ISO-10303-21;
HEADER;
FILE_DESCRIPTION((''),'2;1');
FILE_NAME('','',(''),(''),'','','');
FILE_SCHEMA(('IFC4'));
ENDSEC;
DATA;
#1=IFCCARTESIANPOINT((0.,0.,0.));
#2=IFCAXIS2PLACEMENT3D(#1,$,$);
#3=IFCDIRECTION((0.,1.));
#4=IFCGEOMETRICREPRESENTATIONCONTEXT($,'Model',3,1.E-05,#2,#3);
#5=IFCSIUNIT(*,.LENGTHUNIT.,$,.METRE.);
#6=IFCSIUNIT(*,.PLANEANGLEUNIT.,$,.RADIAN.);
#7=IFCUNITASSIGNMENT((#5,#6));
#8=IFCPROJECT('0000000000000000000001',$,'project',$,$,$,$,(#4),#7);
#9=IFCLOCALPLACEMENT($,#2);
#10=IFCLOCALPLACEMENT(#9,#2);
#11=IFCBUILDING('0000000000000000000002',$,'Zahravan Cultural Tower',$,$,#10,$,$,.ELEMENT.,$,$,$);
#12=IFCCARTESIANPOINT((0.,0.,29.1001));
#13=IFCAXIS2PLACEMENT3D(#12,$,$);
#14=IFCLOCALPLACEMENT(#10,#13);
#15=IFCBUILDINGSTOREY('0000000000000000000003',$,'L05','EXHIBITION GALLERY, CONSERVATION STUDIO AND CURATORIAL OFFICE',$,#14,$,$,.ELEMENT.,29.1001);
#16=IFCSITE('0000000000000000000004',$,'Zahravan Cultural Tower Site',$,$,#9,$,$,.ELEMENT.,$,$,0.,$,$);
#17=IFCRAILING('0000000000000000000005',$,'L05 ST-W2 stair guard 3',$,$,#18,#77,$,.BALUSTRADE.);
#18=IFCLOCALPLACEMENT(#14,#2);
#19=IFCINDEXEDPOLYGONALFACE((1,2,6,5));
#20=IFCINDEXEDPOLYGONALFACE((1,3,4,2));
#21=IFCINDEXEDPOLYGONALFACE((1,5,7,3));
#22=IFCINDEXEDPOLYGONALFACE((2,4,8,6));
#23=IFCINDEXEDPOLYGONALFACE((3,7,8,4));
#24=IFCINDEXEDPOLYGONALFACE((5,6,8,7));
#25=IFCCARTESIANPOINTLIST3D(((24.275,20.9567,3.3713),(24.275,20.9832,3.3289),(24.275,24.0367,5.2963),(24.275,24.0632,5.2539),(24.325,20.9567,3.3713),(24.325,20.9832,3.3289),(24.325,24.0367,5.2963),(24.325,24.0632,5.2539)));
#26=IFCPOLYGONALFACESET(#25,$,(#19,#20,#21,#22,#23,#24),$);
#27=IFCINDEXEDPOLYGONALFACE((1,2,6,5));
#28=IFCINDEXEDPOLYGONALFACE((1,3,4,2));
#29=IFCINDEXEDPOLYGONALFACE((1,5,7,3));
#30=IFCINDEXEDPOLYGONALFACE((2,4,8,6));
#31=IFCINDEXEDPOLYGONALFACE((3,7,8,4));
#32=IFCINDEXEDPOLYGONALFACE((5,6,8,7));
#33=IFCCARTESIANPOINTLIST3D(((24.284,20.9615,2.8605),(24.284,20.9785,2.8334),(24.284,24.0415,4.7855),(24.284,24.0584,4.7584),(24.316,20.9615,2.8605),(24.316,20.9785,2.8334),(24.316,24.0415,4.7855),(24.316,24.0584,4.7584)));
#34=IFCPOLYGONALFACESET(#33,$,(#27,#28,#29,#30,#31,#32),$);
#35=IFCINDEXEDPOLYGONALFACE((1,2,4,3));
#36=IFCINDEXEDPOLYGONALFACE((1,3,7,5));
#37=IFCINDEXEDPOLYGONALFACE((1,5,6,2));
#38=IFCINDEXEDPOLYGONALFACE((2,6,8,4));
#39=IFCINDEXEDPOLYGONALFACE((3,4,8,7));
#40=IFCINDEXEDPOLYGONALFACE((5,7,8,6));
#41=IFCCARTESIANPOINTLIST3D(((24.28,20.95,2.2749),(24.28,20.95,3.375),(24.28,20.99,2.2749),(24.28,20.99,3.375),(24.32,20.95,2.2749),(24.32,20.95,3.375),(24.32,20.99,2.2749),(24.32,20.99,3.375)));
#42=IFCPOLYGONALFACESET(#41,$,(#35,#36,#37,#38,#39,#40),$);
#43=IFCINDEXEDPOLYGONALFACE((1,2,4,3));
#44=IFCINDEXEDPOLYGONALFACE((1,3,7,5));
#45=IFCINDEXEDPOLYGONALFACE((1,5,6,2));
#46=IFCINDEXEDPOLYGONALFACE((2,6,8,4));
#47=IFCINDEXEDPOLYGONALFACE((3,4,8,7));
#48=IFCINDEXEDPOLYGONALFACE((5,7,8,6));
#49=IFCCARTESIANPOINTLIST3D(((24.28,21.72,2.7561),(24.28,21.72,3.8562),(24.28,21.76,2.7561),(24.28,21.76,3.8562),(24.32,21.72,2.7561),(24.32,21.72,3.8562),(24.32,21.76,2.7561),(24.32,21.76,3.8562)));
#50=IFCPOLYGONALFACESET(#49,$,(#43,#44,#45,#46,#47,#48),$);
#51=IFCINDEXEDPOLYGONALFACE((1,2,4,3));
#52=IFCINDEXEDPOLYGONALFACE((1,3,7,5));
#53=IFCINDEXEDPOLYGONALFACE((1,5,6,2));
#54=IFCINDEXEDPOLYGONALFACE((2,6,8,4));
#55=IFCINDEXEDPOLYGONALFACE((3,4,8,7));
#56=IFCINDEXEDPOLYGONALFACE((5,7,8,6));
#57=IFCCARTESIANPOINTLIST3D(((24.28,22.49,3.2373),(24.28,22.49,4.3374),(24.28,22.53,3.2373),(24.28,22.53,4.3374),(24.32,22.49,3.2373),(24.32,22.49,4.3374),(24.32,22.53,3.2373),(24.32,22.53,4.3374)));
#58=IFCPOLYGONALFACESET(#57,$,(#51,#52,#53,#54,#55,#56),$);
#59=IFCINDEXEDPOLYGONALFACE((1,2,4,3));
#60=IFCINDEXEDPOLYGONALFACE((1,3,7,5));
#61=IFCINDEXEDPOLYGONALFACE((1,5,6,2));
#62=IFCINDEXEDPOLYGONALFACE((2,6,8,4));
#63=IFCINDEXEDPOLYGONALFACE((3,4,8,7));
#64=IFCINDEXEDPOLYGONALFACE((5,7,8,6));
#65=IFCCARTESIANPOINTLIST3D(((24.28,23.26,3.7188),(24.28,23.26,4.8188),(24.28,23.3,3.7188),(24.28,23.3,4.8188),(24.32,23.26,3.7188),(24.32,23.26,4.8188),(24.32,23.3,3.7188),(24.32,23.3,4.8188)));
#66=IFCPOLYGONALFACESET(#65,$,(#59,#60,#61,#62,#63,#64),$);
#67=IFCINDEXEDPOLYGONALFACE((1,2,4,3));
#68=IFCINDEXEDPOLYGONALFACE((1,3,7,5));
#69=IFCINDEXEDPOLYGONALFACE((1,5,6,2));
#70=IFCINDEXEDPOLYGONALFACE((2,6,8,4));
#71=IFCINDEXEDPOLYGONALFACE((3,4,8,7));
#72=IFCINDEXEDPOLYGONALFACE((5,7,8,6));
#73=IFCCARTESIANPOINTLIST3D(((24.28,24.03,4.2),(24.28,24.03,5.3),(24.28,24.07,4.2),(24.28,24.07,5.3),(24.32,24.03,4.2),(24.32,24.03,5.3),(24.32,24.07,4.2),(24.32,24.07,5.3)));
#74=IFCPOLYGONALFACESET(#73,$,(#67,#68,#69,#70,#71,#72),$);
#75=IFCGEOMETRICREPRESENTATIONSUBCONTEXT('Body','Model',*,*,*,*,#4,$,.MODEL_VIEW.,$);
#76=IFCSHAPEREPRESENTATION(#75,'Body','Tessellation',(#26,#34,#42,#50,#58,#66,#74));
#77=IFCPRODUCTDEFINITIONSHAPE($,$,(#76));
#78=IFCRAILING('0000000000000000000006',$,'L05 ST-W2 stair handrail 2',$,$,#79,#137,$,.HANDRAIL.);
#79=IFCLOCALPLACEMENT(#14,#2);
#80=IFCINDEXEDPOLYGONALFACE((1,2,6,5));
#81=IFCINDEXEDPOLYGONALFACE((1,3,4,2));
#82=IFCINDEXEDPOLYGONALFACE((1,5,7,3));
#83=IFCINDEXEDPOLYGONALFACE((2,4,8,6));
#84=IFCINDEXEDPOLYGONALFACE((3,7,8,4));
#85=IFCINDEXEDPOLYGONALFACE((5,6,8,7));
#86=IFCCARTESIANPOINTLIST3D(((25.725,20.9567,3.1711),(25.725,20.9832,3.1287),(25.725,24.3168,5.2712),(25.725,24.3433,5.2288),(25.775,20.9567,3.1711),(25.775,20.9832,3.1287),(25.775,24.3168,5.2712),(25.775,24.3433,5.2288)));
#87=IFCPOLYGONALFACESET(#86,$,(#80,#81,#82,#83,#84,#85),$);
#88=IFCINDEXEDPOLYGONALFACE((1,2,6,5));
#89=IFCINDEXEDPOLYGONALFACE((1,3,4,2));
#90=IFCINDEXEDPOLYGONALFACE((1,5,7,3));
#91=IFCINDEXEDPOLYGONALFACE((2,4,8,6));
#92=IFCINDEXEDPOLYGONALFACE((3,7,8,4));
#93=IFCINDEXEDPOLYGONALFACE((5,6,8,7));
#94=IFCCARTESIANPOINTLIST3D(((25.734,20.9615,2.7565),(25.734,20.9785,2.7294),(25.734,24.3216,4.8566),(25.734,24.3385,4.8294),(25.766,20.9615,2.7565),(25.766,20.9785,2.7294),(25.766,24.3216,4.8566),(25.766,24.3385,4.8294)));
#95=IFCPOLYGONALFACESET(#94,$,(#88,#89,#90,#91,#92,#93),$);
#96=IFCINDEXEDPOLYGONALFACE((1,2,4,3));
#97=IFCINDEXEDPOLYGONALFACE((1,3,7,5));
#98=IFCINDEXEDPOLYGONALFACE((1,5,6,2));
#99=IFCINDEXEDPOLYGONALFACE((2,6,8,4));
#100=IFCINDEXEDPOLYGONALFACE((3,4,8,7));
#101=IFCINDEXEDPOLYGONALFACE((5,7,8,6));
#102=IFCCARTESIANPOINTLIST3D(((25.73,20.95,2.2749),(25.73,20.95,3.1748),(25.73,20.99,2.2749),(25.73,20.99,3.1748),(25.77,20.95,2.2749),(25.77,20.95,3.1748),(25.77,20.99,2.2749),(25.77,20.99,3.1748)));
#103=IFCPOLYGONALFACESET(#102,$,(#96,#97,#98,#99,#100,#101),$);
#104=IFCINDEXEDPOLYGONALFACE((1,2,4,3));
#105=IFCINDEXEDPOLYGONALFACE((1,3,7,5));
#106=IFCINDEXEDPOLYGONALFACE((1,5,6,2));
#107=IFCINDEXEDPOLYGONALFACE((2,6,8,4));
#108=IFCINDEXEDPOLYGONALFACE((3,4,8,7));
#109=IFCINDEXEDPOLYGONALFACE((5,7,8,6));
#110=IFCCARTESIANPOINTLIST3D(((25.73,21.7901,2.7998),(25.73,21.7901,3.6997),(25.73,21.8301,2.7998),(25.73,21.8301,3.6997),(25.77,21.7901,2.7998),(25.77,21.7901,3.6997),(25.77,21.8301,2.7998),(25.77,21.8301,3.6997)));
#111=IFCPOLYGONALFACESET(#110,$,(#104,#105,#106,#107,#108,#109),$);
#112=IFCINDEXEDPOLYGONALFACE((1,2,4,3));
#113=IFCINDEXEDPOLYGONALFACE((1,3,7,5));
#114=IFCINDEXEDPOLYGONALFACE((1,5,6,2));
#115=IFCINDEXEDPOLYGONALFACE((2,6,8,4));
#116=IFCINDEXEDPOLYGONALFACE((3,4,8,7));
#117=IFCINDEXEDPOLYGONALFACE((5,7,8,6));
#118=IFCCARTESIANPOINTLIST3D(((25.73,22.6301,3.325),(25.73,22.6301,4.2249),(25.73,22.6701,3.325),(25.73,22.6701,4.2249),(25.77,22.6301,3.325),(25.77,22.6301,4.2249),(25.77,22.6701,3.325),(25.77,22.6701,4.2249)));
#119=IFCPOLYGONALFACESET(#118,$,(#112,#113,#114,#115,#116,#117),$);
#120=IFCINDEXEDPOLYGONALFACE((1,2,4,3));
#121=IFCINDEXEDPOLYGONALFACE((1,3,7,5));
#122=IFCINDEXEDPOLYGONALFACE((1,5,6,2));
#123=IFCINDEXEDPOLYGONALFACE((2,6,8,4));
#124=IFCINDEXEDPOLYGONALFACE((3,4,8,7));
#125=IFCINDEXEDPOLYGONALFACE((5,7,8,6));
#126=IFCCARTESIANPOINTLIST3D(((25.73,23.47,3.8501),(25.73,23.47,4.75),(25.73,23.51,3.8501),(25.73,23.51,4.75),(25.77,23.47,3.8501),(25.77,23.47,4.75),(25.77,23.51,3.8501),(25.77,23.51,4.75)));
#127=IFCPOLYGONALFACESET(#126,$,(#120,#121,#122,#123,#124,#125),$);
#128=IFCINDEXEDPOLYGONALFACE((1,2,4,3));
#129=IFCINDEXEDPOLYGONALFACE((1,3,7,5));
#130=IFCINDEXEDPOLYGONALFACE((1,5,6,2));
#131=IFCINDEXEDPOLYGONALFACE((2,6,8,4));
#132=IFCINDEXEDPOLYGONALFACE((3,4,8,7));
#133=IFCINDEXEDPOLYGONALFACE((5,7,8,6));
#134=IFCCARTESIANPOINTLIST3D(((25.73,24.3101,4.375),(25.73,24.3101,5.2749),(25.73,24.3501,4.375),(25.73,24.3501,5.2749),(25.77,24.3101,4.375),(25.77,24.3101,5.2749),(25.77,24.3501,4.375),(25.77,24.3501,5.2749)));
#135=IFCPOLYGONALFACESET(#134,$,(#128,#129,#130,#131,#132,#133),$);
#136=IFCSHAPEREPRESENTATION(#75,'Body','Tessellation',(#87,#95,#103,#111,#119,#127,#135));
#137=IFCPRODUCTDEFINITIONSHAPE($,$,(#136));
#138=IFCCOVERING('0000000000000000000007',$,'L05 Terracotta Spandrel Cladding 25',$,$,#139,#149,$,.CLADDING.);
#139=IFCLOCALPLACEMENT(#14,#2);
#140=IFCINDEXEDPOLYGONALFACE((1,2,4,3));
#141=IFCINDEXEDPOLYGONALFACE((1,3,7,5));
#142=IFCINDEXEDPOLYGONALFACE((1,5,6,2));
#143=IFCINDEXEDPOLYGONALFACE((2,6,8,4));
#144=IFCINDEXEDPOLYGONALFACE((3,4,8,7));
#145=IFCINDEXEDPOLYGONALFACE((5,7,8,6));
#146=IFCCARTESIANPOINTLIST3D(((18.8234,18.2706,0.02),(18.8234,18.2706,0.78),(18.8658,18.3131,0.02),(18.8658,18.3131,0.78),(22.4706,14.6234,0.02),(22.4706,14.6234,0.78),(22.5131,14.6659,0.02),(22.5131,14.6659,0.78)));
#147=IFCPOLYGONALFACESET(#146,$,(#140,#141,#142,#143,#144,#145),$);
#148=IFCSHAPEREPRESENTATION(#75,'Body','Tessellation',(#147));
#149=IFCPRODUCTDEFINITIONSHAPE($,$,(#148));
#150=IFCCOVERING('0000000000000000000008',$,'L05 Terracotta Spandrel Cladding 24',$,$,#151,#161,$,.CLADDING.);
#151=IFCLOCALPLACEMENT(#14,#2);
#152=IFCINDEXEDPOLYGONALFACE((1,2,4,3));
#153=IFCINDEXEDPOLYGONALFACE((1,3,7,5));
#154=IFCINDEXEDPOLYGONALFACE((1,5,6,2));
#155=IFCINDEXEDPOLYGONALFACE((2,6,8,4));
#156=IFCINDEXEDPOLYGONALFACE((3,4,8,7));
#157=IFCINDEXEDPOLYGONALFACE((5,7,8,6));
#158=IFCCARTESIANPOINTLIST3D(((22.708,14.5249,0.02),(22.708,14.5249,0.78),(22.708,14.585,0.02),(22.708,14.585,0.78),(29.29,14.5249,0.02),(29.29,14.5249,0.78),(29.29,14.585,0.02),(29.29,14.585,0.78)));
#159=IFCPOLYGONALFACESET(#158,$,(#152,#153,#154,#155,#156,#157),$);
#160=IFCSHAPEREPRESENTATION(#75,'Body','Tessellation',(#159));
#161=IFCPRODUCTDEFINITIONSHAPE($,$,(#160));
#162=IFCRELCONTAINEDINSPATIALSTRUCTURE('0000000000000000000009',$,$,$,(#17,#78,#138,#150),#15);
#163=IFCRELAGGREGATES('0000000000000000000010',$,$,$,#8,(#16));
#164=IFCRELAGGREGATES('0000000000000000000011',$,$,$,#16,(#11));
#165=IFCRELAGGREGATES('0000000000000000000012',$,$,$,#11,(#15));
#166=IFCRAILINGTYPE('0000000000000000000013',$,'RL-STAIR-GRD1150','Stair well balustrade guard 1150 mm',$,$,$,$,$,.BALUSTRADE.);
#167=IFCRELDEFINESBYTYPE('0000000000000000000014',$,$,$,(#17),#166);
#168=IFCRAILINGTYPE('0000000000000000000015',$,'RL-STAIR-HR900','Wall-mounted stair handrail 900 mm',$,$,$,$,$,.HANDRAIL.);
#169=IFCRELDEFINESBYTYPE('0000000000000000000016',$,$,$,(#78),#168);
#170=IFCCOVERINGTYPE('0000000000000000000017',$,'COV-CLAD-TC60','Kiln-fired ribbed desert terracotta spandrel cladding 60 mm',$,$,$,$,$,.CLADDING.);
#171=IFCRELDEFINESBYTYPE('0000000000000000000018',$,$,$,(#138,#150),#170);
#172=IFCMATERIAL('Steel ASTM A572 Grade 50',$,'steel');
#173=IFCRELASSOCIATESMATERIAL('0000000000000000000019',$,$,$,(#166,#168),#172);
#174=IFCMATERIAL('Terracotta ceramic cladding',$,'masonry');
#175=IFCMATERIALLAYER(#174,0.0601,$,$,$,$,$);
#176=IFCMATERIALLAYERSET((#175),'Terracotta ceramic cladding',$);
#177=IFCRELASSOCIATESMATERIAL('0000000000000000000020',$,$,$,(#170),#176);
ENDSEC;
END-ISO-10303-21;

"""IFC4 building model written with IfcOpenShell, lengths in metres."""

from ifc_helpers import new_model, si_unit, direction, frame, origin, origin_2d, place, context, subcontext, project, spatial, rectangle, extrude, source, transform, mapped, material, layer, layer_set, type_object, element, save


model = new_model("IFC4")

# Units and contexts
model_context = context("Model", 3, precision=1e-05, world=origin(), true_north=direction((0.0, 1.0)))
body_context = subcontext(model_context, "Body", "Model", "MODEL_VIEW")
ifc_project = project(units=[si_unit("LENGTHUNIT", "METRE"), si_unit("PLANEANGLEUNIT", "RADIAN")], contexts=[model_context])

# Site, building, storey
site_placement = place(None, origin())
site = spatial("IfcSite", under=ifc_project, at=site_placement, Name="Zahravan Cultural Tower Site", CompositionType="ELEMENT", RefElevation=0.0)
building_placement = place(site_placement, origin())
building = spatial("IfcBuilding", under=site, at=building_placement, Name="Zahravan Cultural Tower", CompositionType="ELEMENT")
storey_placement = place(building_placement, frame((0.0, 0.0, 29.1001)))
storey = spatial("IfcBuildingStorey", under=building, at=storey_placement, Name="L05", Description="EXHIBITION GALLERY, CONSERVATION STUDIO AND CURATORIAL OFFICE", CompositionType="ELEMENT", Elevation=29.1001)

# Shared definitions
ifc_material_1 = material(Name="Steel ASTM A572 Grade 50", Category="steel")

# Railings
railing_type_1 = type_object("IfcRailingType", Name="RL-STAIR-GRD1150", Description="Stair well balustrade guard 1150 mm", PredefinedType="BALUSTRADE", material=ifc_material_1)
railing_1_placement = place(storey_placement, frame((24.3, 20.97, 2.2749)))
element("IfcRailing", 1, at=railing_1_placement, inside=storey, type_object=railing_type_1, Name="L05 ST-W2 stair guard 3", PredefinedType="BALUSTRADE", context=body_context, shape_type="SweptSolid", body=[
    extrude(rectangle(XDim=0.05, YDim=0.05, at=origin_2d()), frame((0.0, 0.0, 1.0752), z_axis=(0.0, 0.847998, 0.529999), x_axis=(-1.0, 0.0, 0.0)), (0.0, 0.0, 1.0), 3.6321),
    extrude(rectangle(XDim=0.032, YDim=0.032, at=origin_2d()), frame((0.0, 0.0, 0.572), z_axis=(0.0, 0.847998, 0.529999), x_axis=(-1.0, 0.0, 0.0)), (0.0, 0.0, 1.0), 3.6321),
    extrude(rectangle(XDim=0.04, YDim=0.04, at=origin_2d()), origin(), (0.0, 0.0, 1.0), 1.1001),
    extrude(rectangle(XDim=0.04, YDim=0.04, at=origin_2d()), frame((0.0, 0.77, 0.4812)), (0.0, 0.0, 1.0), 1.1001),
    extrude(rectangle(XDim=0.04, YDim=0.04, at=origin_2d()), frame((0.0, 1.54, 0.9624)), (0.0, 0.0, 1.0), 1.1001),
    extrude(rectangle(XDim=0.04, YDim=0.04, at=origin_2d()), frame((0.0, 2.3101, 1.4438)), (0.0, 0.0, 1.0), 1.1001),
    extrude(rectangle(XDim=0.04, YDim=0.04, at=origin_2d()), frame((0.0, 3.0801, 1.925)), (0.0, 0.0, 1.0), 1.1001),
])
railing_type_2 = type_object("IfcRailingType", Name="RL-STAIR-HR900", Description="Wall-mounted stair handrail 900 mm", PredefinedType="HANDRAIL", material=ifc_material_1)
railing_2_placement = place(storey_placement, frame((25.75, 20.97, 2.2749)))
element("IfcRailing", 2, at=railing_2_placement, inside=storey, type_object=railing_type_2, Name="L05 ST-W2 stair handrail 2", PredefinedType="HANDRAIL", context=body_context, shape_type="SweptSolid", body=[
    extrude(rectangle(XDim=0.05, YDim=0.05, at=origin_2d()), frame((0.0, 0.0, 0.875), z_axis=(0.0, 0.847995, 0.530004), x_axis=(-1.0, 0.0, 0.0)), (0.0, 0.0, 1.0), 3.9624),
    extrude(rectangle(XDim=0.032, YDim=0.032, at=origin_2d()), frame((0.0, 0.0, 0.468), z_axis=(0.0, 0.847995, 0.530004), x_axis=(-1.0, 0.0, 0.0)), (0.0, 0.0, 1.0), 3.9624),
    extrude(rectangle(XDim=0.04, YDim=0.04, at=origin_2d()), origin(), (0.0, 0.0, 1.0), 0.8999),
    extrude(rectangle(XDim=0.04, YDim=0.04, at=origin_2d()), frame((0.0, 0.8401, 0.5249)), (0.0, 0.0, 1.0), 0.8999),
    extrude(rectangle(XDim=0.04, YDim=0.04, at=origin_2d()), frame((0.0, 1.6802, 1.05)), (0.0, 0.0, 1.0), 0.8999),
    extrude(rectangle(XDim=0.04, YDim=0.04, at=origin_2d()), frame((0.0, 2.52, 1.5752)), (0.0, 0.0, 1.0), 0.8999),
    extrude(rectangle(XDim=0.04, YDim=0.04, at=origin_2d()), frame((0.0, 3.3601, 2.1001)), (0.0, 0.0, 1.0), 0.8999),
])

# Coverings
ifc_material_2 = material(Name="Terracotta ceramic cladding", Category="masonry")
ifc_layer_1 = layer(ifc_material_2, 0.0601)
ifc_layer_set_1 = layer_set([ifc_layer_1], Name="Terracotta ceramic cladding")
covering_type = type_object("IfcCoveringType", Name="COV-CLAD-TC60", Description="Kiln-fired ribbed desert terracotta spandrel cladding 60 mm", PredefinedType="CLADDING", material=ifc_layer_set_1)
shared_shape_1 = source(origin(), body_context, "Body", "SweptSolid", [
    extrude(rectangle(XDim=5.158, YDim=0.0601, at=origin_2d()), origin(), (0.0, 0.0, 1.0), 0.76),
])
covering_1_placement = place(storey_placement, frame((20.6682, 16.4683, 0.02), z_axis=(0.0, 0.0, 1.0), x_axis=(-0.707107, 0.707107, 0.0)))
element("IfcCovering", 3, at=covering_1_placement, inside=storey, type_object=covering_type, Name="L05 Terracotta Spandrel Cladding 25", PredefinedType="CLADDING", context=body_context, shape_type="MappedRepresentation", body=[
    mapped(shared_shape_1, transform((0.0, 0.0, 0.0), x_axis=(1.0, 0.0, 0.0), y_axis=(0.0, 1.0, 0.0), z_axis=(0.0, 0.0, 1.0), scale=1.0)),
])
shared_shape_2 = source(origin(), body_context, "Body", "SweptSolid", [
    extrude(rectangle(XDim=6.582, YDim=0.0601, at=origin_2d()), origin(), (0.0, 0.0, 1.0), 0.76),
])
covering_2_placement = place(storey_placement, frame((25.999, 14.5549, 0.02), z_axis=(0.0, 0.0, 1.0), x_axis=(-1.0, 0.0, 0.0)))
element("IfcCovering", 4, at=covering_2_placement, inside=storey, type_object=covering_type, Name="L05 Terracotta Spandrel Cladding 24", PredefinedType="CLADDING", context=body_context, shape_type="MappedRepresentation", body=[
    mapped(shared_shape_2, transform((0.0, 0.0, 0.0), x_axis=(1.0, 0.0, 0.0), y_axis=(0.0, 1.0, 0.0), z_axis=(0.0, 0.0, 1.0), scale=1.0)),
])

save(model, "model.ifc")
